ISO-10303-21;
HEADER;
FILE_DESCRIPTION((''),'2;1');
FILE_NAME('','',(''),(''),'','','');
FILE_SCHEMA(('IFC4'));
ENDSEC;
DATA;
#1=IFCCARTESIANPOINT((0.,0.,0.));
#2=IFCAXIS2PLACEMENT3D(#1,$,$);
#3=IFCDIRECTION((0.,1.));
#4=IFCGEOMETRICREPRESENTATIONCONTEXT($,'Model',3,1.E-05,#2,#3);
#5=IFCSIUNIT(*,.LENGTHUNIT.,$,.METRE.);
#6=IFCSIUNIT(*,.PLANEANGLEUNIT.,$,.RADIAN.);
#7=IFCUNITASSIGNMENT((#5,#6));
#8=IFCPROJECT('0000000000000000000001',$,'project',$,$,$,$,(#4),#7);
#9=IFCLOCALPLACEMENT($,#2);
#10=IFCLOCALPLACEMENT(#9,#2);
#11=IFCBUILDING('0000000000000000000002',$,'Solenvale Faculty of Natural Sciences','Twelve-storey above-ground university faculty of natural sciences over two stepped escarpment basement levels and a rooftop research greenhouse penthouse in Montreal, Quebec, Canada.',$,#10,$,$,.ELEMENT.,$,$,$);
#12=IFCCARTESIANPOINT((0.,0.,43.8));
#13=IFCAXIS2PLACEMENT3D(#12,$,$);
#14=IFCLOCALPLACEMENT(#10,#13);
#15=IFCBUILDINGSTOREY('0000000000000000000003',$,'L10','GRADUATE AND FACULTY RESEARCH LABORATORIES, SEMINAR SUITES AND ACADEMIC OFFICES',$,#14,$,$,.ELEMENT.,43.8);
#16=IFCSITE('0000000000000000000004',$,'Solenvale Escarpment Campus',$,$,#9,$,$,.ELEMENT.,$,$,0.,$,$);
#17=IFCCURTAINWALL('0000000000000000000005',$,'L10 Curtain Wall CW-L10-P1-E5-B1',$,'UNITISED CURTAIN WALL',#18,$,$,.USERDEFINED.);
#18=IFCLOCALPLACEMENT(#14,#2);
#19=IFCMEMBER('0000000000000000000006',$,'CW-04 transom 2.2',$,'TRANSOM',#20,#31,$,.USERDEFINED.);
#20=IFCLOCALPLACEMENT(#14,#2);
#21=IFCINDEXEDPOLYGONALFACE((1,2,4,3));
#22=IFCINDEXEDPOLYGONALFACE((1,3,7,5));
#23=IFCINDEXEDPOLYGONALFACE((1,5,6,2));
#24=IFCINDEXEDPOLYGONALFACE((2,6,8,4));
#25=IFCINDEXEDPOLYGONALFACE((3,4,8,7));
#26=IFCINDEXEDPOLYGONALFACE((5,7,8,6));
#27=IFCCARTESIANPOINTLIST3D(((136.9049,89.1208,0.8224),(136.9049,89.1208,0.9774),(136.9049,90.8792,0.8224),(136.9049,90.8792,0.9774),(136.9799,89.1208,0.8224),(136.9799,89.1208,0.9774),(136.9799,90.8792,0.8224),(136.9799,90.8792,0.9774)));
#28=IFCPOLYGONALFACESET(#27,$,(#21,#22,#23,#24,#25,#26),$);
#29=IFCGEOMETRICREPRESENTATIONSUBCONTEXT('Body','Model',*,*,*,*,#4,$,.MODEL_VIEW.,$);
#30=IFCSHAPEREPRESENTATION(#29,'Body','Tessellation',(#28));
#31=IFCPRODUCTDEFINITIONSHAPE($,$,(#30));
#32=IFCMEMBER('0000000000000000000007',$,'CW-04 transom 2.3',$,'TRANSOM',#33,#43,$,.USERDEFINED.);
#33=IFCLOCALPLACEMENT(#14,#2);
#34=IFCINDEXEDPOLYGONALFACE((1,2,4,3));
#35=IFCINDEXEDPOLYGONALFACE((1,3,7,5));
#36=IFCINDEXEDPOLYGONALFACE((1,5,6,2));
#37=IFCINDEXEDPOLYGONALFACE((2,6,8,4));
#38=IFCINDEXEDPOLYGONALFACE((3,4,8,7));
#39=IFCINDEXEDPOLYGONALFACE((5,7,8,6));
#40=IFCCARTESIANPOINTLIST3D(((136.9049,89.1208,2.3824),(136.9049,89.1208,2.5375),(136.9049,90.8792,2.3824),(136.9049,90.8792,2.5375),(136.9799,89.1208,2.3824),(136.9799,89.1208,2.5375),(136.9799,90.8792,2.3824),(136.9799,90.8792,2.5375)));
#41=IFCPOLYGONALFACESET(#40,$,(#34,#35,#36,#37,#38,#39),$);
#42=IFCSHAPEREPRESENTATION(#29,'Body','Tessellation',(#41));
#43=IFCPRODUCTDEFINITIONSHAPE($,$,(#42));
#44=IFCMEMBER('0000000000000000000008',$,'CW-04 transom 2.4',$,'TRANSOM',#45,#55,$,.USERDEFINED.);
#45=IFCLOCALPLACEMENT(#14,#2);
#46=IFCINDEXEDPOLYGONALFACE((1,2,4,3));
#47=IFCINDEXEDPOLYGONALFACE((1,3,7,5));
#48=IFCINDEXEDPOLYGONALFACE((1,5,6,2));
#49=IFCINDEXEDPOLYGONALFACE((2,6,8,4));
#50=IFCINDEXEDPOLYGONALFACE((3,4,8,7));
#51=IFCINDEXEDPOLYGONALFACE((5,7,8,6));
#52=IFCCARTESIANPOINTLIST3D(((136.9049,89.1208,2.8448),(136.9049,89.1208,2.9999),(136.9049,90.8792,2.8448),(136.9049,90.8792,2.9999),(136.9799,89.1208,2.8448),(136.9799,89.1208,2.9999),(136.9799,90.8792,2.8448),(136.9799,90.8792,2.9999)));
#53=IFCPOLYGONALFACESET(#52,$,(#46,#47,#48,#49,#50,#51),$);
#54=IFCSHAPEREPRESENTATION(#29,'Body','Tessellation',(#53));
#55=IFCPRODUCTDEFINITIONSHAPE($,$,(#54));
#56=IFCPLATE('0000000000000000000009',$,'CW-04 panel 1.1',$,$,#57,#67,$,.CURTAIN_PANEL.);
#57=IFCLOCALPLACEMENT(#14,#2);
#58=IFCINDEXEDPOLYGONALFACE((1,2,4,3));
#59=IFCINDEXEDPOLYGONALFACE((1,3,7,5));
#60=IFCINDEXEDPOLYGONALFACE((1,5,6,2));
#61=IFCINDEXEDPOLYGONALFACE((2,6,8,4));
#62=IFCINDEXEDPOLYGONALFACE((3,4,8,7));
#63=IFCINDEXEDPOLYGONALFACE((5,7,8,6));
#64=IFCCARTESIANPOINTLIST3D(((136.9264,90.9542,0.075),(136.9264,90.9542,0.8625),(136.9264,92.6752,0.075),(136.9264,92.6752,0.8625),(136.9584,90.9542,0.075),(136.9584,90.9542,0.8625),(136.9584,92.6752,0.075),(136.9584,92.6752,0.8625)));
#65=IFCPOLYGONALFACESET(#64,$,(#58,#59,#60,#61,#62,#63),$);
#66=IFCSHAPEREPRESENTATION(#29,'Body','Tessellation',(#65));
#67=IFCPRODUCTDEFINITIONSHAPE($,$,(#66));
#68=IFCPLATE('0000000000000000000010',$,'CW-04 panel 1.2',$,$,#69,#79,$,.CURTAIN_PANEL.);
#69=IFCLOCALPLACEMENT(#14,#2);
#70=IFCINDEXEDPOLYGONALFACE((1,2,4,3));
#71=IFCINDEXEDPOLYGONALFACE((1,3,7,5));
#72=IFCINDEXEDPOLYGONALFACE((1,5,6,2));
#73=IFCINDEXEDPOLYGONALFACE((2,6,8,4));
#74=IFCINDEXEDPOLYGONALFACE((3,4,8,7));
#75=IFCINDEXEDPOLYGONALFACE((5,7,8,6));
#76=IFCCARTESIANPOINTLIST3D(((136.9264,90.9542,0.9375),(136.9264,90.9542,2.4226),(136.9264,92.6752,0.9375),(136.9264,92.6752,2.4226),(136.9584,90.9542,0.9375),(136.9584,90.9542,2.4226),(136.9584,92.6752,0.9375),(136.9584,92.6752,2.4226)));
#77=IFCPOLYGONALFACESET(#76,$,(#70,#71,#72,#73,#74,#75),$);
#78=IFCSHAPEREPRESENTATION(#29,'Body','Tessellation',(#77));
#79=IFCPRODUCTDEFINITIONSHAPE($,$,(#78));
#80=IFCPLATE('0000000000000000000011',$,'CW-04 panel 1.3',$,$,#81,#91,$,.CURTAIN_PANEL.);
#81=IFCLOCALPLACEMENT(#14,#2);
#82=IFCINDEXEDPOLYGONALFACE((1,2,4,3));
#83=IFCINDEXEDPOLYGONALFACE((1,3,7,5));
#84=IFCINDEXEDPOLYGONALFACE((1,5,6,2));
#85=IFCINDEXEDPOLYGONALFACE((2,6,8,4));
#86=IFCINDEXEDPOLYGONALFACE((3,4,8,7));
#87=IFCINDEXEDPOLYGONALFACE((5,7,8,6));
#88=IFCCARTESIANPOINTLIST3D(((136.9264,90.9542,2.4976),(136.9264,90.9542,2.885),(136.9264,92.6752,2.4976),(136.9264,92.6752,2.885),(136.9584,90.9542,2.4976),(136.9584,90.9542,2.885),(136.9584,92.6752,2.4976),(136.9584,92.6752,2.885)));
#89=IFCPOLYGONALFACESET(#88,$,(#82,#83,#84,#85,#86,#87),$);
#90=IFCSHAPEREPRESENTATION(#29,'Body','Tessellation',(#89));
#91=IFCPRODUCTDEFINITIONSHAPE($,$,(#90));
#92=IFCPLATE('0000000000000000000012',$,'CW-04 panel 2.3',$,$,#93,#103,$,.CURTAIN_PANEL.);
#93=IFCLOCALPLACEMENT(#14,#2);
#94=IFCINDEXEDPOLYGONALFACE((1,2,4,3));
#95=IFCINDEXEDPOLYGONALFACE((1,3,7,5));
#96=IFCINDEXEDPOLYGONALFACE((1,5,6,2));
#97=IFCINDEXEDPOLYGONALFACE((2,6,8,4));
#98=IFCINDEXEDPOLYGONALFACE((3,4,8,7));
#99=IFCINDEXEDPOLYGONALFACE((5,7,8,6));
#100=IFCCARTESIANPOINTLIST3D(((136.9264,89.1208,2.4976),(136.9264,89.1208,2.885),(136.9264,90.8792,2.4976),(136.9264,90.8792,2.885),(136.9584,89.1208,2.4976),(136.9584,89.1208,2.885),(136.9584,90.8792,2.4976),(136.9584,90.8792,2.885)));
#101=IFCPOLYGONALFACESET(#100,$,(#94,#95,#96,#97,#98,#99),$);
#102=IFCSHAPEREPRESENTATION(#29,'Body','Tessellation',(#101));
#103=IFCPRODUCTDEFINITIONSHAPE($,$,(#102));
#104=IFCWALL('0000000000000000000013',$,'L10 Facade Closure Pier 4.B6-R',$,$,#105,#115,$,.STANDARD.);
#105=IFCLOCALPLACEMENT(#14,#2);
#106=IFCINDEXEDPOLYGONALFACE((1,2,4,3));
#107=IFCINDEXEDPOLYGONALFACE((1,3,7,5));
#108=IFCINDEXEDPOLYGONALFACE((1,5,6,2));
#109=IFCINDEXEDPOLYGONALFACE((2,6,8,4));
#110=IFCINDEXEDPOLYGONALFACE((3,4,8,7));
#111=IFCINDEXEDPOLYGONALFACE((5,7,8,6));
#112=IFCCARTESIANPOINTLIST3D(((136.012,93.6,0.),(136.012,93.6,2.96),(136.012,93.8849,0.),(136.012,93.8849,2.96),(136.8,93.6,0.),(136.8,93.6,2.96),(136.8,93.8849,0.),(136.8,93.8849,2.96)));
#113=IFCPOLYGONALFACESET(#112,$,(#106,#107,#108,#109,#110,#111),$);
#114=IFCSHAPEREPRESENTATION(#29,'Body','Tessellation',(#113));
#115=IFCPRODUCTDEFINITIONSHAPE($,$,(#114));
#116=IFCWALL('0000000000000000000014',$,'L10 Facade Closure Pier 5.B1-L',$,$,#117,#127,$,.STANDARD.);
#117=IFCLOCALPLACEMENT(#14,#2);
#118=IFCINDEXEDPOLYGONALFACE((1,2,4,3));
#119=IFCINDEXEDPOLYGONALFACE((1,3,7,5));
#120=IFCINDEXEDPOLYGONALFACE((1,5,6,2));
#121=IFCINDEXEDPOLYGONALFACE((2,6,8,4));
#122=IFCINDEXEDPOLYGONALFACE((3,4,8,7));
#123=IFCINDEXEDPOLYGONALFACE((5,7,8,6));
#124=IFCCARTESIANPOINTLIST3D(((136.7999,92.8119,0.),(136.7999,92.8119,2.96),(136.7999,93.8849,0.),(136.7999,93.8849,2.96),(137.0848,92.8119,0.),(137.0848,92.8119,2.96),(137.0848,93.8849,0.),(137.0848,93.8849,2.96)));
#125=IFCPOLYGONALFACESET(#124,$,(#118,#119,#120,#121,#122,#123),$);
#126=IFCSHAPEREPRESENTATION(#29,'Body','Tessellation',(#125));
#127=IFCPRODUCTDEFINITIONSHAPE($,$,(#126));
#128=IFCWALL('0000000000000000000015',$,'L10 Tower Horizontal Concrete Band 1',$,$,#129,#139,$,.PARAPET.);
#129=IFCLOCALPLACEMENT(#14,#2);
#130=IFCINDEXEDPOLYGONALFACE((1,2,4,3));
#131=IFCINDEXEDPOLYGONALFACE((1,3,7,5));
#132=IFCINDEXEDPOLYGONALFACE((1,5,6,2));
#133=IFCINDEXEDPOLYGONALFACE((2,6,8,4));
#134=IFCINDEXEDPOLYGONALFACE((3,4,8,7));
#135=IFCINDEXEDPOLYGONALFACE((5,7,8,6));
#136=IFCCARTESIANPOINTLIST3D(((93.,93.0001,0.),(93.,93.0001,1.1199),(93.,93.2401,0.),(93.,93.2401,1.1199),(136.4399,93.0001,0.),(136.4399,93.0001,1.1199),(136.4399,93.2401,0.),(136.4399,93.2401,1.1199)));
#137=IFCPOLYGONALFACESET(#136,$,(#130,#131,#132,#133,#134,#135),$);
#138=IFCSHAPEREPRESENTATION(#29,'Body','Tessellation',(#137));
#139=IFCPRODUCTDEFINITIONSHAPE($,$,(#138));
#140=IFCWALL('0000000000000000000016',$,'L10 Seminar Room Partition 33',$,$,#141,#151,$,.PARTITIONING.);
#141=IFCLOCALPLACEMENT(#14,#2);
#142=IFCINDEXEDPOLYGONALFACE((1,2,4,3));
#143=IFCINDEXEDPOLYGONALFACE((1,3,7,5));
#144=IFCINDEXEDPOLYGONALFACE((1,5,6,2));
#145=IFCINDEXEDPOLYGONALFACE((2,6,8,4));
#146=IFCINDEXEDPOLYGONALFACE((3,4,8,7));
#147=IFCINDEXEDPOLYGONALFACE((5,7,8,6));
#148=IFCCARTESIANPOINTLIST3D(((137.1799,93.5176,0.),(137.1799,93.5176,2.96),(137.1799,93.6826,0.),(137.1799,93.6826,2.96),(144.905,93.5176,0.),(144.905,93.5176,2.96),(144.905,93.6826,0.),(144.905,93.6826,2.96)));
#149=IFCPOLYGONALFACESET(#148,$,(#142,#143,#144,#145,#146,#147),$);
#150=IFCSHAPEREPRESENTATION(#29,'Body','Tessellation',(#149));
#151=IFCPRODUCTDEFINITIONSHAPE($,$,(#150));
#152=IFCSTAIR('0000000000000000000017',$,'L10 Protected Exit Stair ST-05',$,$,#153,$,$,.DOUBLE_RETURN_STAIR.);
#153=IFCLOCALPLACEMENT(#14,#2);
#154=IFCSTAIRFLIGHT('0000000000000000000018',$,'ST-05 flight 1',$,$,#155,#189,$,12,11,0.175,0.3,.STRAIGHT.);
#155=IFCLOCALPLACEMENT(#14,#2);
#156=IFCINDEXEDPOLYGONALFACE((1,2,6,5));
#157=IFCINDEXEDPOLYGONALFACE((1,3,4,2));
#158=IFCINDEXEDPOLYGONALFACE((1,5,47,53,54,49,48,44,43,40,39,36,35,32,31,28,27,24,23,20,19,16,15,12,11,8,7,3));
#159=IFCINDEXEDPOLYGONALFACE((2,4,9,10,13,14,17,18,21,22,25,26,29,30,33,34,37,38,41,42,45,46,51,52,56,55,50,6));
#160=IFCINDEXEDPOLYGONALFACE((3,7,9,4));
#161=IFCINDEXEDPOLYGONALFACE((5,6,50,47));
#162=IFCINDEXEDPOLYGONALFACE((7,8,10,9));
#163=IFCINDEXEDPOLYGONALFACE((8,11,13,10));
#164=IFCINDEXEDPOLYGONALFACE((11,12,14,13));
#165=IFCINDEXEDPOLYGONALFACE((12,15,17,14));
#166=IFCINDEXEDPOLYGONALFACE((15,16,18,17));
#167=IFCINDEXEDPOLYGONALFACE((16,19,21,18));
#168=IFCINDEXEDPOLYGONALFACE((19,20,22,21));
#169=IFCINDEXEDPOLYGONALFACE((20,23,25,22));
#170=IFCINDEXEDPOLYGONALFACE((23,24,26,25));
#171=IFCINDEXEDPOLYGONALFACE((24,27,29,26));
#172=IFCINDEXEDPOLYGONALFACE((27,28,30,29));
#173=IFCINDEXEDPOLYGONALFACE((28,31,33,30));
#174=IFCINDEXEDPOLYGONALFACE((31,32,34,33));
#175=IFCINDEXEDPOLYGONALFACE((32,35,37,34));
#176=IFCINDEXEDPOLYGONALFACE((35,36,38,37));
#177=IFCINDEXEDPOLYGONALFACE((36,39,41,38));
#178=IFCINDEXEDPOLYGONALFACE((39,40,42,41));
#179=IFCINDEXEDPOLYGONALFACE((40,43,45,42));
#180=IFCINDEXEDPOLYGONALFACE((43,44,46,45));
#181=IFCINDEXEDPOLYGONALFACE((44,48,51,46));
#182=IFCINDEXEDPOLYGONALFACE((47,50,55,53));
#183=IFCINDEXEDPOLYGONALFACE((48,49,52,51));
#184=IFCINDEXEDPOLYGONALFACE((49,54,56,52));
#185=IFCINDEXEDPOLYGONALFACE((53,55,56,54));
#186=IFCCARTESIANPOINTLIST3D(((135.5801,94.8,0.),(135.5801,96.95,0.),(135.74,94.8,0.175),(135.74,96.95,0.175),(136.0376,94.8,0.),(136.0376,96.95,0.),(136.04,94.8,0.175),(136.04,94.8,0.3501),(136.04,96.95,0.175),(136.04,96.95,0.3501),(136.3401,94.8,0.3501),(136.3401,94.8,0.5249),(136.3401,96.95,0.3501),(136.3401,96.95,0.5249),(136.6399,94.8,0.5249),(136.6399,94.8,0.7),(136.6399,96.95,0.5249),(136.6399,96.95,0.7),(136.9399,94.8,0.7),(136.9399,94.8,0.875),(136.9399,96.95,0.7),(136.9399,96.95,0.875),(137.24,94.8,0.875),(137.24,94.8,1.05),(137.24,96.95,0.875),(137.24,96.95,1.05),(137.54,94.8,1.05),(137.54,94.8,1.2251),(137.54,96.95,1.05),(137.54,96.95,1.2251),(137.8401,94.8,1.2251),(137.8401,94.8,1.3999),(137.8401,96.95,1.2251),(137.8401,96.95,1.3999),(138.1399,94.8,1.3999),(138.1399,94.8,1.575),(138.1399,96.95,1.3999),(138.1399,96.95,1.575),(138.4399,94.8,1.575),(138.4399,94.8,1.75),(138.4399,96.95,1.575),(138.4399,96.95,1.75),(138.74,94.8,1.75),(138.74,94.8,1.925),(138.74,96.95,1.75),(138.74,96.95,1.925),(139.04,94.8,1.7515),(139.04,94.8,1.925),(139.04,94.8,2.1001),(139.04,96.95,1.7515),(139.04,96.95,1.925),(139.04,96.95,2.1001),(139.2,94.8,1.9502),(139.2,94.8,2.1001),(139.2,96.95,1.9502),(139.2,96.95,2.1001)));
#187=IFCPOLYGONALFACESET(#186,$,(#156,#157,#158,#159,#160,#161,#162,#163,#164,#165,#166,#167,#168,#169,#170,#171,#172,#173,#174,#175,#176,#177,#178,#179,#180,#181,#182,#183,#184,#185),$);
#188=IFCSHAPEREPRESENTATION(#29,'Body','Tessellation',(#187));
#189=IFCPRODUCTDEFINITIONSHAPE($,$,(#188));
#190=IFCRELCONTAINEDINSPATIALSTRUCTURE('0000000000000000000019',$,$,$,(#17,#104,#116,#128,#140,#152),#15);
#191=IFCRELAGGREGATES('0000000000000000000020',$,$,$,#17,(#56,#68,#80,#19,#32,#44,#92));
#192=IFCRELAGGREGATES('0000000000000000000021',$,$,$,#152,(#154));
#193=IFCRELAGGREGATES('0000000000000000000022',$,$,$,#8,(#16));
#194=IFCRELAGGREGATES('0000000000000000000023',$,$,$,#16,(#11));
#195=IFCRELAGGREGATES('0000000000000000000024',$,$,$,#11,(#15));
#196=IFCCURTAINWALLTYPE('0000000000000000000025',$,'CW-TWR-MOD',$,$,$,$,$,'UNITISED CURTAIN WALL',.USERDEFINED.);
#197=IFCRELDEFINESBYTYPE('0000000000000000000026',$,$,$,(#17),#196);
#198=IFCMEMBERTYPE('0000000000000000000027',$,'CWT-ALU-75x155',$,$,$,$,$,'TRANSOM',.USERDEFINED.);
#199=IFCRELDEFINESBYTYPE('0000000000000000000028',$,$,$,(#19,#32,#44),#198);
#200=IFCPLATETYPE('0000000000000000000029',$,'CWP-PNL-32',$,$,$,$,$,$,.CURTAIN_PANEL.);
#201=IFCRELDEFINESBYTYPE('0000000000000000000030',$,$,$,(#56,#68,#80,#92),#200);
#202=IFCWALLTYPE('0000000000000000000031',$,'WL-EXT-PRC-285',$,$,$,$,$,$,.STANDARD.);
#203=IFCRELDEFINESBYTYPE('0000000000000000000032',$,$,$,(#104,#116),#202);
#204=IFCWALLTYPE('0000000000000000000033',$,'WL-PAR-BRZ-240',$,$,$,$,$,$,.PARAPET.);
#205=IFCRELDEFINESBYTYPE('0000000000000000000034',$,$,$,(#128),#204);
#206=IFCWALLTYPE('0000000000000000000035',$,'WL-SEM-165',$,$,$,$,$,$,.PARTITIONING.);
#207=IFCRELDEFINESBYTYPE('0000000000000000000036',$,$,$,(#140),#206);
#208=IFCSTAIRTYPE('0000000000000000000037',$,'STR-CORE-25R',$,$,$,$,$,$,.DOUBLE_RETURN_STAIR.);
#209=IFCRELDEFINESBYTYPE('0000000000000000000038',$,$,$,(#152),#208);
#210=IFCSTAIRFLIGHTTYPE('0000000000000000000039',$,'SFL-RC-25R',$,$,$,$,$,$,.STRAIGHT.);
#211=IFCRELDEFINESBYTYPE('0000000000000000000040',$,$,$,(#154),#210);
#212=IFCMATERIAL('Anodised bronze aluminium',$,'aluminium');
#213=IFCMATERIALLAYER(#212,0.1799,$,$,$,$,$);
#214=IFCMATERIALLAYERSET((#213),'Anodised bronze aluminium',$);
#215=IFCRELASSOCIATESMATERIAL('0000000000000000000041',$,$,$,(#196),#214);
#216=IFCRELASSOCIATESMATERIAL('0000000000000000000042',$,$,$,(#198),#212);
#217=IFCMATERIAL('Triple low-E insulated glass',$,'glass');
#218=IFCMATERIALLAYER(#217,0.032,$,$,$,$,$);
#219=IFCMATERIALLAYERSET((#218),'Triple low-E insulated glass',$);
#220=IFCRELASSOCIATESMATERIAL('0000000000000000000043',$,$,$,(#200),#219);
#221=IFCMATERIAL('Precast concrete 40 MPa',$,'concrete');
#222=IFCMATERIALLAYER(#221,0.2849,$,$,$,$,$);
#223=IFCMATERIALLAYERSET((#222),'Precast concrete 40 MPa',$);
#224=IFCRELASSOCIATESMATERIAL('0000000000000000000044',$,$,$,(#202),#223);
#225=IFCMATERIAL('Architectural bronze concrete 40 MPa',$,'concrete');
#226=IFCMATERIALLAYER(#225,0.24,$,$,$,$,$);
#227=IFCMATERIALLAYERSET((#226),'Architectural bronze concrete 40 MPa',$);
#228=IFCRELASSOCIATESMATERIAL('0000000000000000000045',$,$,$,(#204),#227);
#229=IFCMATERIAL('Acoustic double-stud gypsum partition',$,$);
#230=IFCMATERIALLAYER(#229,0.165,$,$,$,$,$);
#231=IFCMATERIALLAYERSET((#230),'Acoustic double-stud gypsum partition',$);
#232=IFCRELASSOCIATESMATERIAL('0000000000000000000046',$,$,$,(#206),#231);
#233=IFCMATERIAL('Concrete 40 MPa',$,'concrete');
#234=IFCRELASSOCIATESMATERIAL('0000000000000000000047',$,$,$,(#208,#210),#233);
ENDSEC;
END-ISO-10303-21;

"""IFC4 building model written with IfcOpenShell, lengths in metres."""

from ifc_helpers import new_model, si_unit, direction, frame, frame_2d, origin, origin_2d, place, context, subcontext, project, spatial, polyline, rectangle, outline, extrude, material, layer, layer_set, material_profile, profile_set, type_object, element, aggregate, save


model = new_model("IFC4")

# Units and contexts
model_context = context("Model", 3, precision=1e-05, world=origin(), true_north=direction((0.0, 1.0)))
body_context = subcontext(model_context, "Body", "Model", "MODEL_VIEW")
ifc_project = project(units=[si_unit("LENGTHUNIT", "METRE"), si_unit("PLANEANGLEUNIT", "RADIAN")], contexts=[model_context])

# Site, building, storey
site_placement = place(None, origin())
site = spatial("IfcSite", under=ifc_project, at=site_placement, Name="Solenvale Escarpment Campus", CompositionType="ELEMENT", RefElevation=0.0)
building_placement = place(site_placement, origin())
building = spatial("IfcBuilding", under=site, at=building_placement, Name="Solenvale Faculty of Natural Sciences", Description="Twelve-storey above-ground university faculty of natural sciences over two stepped escarpment basement levels and a rooftop research greenhouse penthouse in Montreal, Quebec, Canada.", CompositionType="ELEMENT")
storey_placement = place(building_placement, frame((0.0, 0.0, 43.8)))
storey = spatial("IfcBuildingStorey", under=building, at=storey_placement, Name="L10", Description="GRADUATE AND FACULTY RESEARCH LABORATORIES, SEMINAR SUITES AND ACADEMIC OFFICES", CompositionType="ELEMENT", Elevation=43.8)

# Shared definitions
ifc_material_1 = material(Name="Concrete 40 MPa", Category="concrete")

# Shared definitions
ifc_material_2 = material(Name="Anodised bronze aluminium", Category="aluminium")
ifc_layer_1 = layer(ifc_material_2, 0.1799)
ifc_layer_set_1 = layer_set([ifc_layer_1], Name="Anodised bronze aluminium")
curtain_wall_type = type_object("IfcCurtainWallType", Name="CW-TWR-MOD", ElementType="UNITISED CURTAIN WALL", PredefinedType="USERDEFINED", material=ifc_layer_set_1)

# Curtain wall, members, plates
curtain_wall_1_placement = place(storey_placement, origin())
curtain_wall_1 = element("IfcCurtainWall", 1, at=curtain_wall_1_placement, inside=storey, type_object=curtain_wall_type, Name="L10 Curtain Wall CW-L10-P1-E5-B1", ObjectType="UNITISED CURTAIN WALL", PredefinedType="USERDEFINED")
ifc_material_profile_1 = material_profile(ifc_material_2, rectangle(XDim=0.075, YDim=0.155, at=origin_2d()), Name="ALU-TRN-75x155")
ifc_profile_set_1 = profile_set([ifc_material_profile_1], Name="Anodised bronze aluminium")
member_type_1 = type_object("IfcMemberType", Name="CWT-ALU-75x155", ElementType="TRANSOM", PredefinedType="USERDEFINED", material=ifc_profile_set_1)
member_1_placement = place(storey_placement, frame((136.9424, 90.8792, 0.8999), z_axis=(0.0, -1.0, 0.0), x_axis=(1.0, 0.0, 0.0)))
member_1 = element("IfcMember", 2, at=member_1_placement, type_object=member_type_1, Name="CW-04 transom 2.2", ObjectType="TRANSOM", PredefinedType="USERDEFINED", context=body_context, shape_type="SweptSolid", body=[
    extrude(rectangle(XDim=0.075, YDim=0.155, at=origin_2d()), origin(), (0.0, 0.0, 1.0), 1.7583),
])
member_2_placement = place(storey_placement, frame((136.9424, 90.8792, 2.46), z_axis=(0.0, -1.0, 0.0), x_axis=(1.0, 0.0, 0.0)))
member_2 = element("IfcMember", 3, at=member_2_placement, type_object=member_type_1, Name="CW-04 transom 2.3", ObjectType="TRANSOM", PredefinedType="USERDEFINED", context=body_context, shape_type="SweptSolid", body=[
    extrude(rectangle(XDim=0.075, YDim=0.155, at=origin_2d()), origin(), (0.0, 0.0, 1.0), 1.7583),
])
member_3_placement = place(storey_placement, frame((136.9424, 90.8792, 2.9224), z_axis=(0.0, -1.0, 0.0), x_axis=(1.0, 0.0, 0.0)))
member_3 = element("IfcMember", 4, at=member_3_placement, type_object=member_type_1, Name="CW-04 transom 2.4", ObjectType="TRANSOM", PredefinedType="USERDEFINED", context=body_context, shape_type="SweptSolid", body=[
    extrude(rectangle(XDim=0.075, YDim=0.155, at=origin_2d()), origin(), (0.0, 0.0, 1.0), 1.7583),
])
ifc_material_3 = material(Name="Triple low-E insulated glass", Category="glass")
ifc_layer_2 = layer(ifc_material_3, 0.032)
ifc_layer_set_2 = layer_set([ifc_layer_2], Name="Triple low-E insulated glass")
plate_type = type_object("IfcPlateType", Name="CWP-PNL-32", PredefinedType="CURTAIN_PANEL", material=ifc_layer_set_2)
plate_1_placement = place(storey_placement, frame((136.9424, 91.8147, 0.075), z_axis=(0.0, 0.0, 1.0), x_axis=(0.0, -1.0, 0.0)))
plate_1 = element("IfcPlate", 5, at=plate_1_placement, type_object=plate_type, Name="CW-04 panel 1.1", PredefinedType="CURTAIN_PANEL", context=body_context, shape_type="SweptSolid", body=[
    extrude(rectangle(XDim=1.7209, YDim=0.032, at=origin_2d()), origin(), (0.0, 0.0, 1.0), 0.7876),
])
plate_2_placement = place(storey_placement, frame((136.9424, 91.8147, 0.9375), z_axis=(0.0, 0.0, 1.0), x_axis=(0.0, -1.0, 0.0)))
plate_2 = element("IfcPlate", 6, at=plate_2_placement, type_object=plate_type, Name="CW-04 panel 1.2", PredefinedType="CURTAIN_PANEL", context=body_context, shape_type="SweptSolid", body=[
    extrude(rectangle(XDim=1.7209, YDim=0.032, at=origin_2d()), origin(), (0.0, 0.0, 1.0), 1.4851),
])
plate_3_placement = place(storey_placement, frame((136.9424, 91.8147, 2.4976), z_axis=(0.0, 0.0, 1.0), x_axis=(0.0, -1.0, 0.0)))
plate_3 = element("IfcPlate", 7, at=plate_3_placement, type_object=plate_type, Name="CW-04 panel 1.3", PredefinedType="CURTAIN_PANEL", context=body_context, shape_type="SweptSolid", body=[
    extrude(rectangle(XDim=1.7209, YDim=0.032, at=origin_2d()), origin(), (0.0, 0.0, 1.0), 0.3875),
])
plate_4_placement = place(storey_placement, frame((136.9424, 90.0, 2.4976), z_axis=(0.0, 0.0, 1.0), x_axis=(0.0, -1.0, 0.0)))
plate_4 = element("IfcPlate", 8, at=plate_4_placement, type_object=plate_type, Name="CW-04 panel 2.3", PredefinedType="CURTAIN_PANEL", context=body_context, shape_type="SweptSolid", body=[
    extrude(rectangle(XDim=1.7583, YDim=0.032, at=origin_2d()), origin(), (0.0, 0.0, 1.0), 0.3875),
])
aggregate(curtain_wall_1, [plate_1, plate_2, plate_3, member_1, member_2, member_3, plate_4])

# Walls
ifc_material_4 = material(Name="Precast concrete 40 MPa", Category="concrete")
ifc_layer_3 = layer(ifc_material_4, 0.2849)
ifc_layer_set_3 = layer_set([ifc_layer_3], Name="Precast concrete 40 MPa")
wall_type_1 = type_object("IfcWallType", Name="WL-EXT-PRC-285", PredefinedType="STANDARD", material=ifc_layer_set_3)
wall_1_placement = place(storey_placement, frame((136.012, 93.7424, 0.0), z_axis=(0.0, 0.0, 1.0), x_axis=(1.0, 0.0, 0.0)))
element("IfcWall", 9, at=wall_1_placement, inside=storey, type_object=wall_type_1, Name="L10 Facade Closure Pier 4.B6-R", PredefinedType="STANDARD", context=body_context, shape_type="SweptSolid", body=[
    extrude(rectangle(XDim=0.7881, YDim=0.2849, at=frame_2d((0.394, 0.0))), origin(), (0.0, 0.0, 1.0), 2.96),
])
wall_2_placement = place(storey_placement, frame((136.9424, 93.885, 0.0), z_axis=(0.0, 0.0, 1.0), x_axis=(0.0, -1.0, 0.0)))
element("IfcWall", 10, at=wall_2_placement, inside=storey, type_object=wall_type_1, Name="L10 Facade Closure Pier 5.B1-L", PredefinedType="STANDARD", context=body_context, shape_type="SweptSolid", body=[
    extrude(rectangle(XDim=1.073, YDim=0.2849, at=frame_2d((0.5366, 0.0))), origin(), (0.0, 0.0, 1.0), 2.96),
])
ifc_material_5 = material(Name="Architectural bronze concrete 40 MPa", Category="concrete")
ifc_layer_4 = layer(ifc_material_5, 0.24)
ifc_layer_set_4 = layer_set([ifc_layer_4], Name="Architectural bronze concrete 40 MPa")
wall_type_2 = type_object("IfcWallType", Name="WL-PAR-BRZ-240", PredefinedType="PARAPET", material=ifc_layer_set_4)
wall_3_placement = place(storey_placement, frame((136.4399, 93.1201, 0.0), z_axis=(0.0, 0.0, 1.0), x_axis=(-1.0, 0.0, 0.0)))
element("IfcWall", 11, at=wall_3_placement, inside=storey, type_object=wall_type_2, Name="L10 Tower Horizontal Concrete Band 1", PredefinedType="PARAPET", context=body_context, shape_type="SweptSolid", body=[
    extrude(rectangle(XDim=43.4399, YDim=0.24, at=frame_2d((21.72, 0.0))), origin(), (0.0, 0.0, 1.0), 1.1199),
])
ifc_material_6 = material(Name="Acoustic double-stud gypsum partition")
ifc_layer_5 = layer(ifc_material_6, 0.165)
ifc_layer_set_5 = layer_set([ifc_layer_5], Name="Acoustic double-stud gypsum partition")
wall_type_3 = type_object("IfcWallType", Name="WL-SEM-165", PredefinedType="PARTITIONING", material=ifc_layer_set_5)
wall_4_placement = place(storey_placement, frame((137.1799, 93.6001, 0.0), z_axis=(0.0, 0.0, 1.0), x_axis=(1.0, 0.0, 0.0)))
element("IfcWall", 12, at=wall_4_placement, inside=storey, type_object=wall_type_3, Name="L10 Seminar Room Partition 33", PredefinedType="PARTITIONING", context=body_context, shape_type="SweptSolid", body=[
    extrude(rectangle(XDim=7.7251, YDim=0.165, at=frame_2d((3.8625, 0.0))), origin(), (0.0, 0.0, 1.0), 2.96),
])

# Stair, stair flight
stair_type = type_object("IfcStairType", Name="STR-CORE-25R", PredefinedType="DOUBLE_RETURN_STAIR", material=ifc_material_1)
stair_placement = place(storey_placement, origin())
stair = element("IfcStair", 13, at=stair_placement, inside=storey, type_object=stair_type, Name="L10 Protected Exit Stair ST-05", PredefinedType="DOUBLE_RETURN_STAIR")
stair_flight_type = type_object("IfcStairFlightType", Name="SFL-RC-25R", PredefinedType="STRAIGHT", material=ifc_material_1)
stair_flight_placement = place(storey_placement, frame((135.74, 95.875, 0.0), z_axis=(0.0, 0.0, 1.0), x_axis=(1.0, 0.0, 0.0)))
stair_flight = element("IfcStairFlight", 14, at=stair_flight_placement, type_object=stair_flight_type, Name="ST-05 flight 1", NumberOfRisers=12, NumberOfTreads=11, PredefinedType="STRAIGHT", RiserHeight=0.175, TreadLength=0.3, context=body_context, shape_type="SweptSolid", body=[
    extrude(outline(polyline([(-0.1599, 0.0), (0.0, 0.175), (0.3, 0.175), (0.3, 0.3501), (0.6001, 0.3501), (0.6001, 0.5249), (0.8999, 0.5249), (0.8999, 0.7), (1.2, 0.7), (1.2, 0.875), (1.5, 0.875), (1.5, 1.05), (1.8, 1.05), (1.8, 1.2251), (2.1001, 1.2251), (2.1001, 1.3999), (2.3999, 1.3999), (2.3999, 1.575), (2.7, 1.575), (2.7, 1.75), (3.0, 1.75), (3.0, 1.925), (3.3, 1.925), (3.3, 2.1001), (3.46, 2.1001), (3.46, 1.9502), (3.3, 1.7515), (0.2976, 0.0), (-0.1599, 0.0)])), frame((0.0, 1.075, 0.0), z_axis=(0.0, -1.0, 0.0), x_axis=(1.0, 0.0, 0.0)), (0.0, 0.0, 1.0), 2.1499),
])
aggregate(stair, [stair_flight])

save(model, "model.ifc")
